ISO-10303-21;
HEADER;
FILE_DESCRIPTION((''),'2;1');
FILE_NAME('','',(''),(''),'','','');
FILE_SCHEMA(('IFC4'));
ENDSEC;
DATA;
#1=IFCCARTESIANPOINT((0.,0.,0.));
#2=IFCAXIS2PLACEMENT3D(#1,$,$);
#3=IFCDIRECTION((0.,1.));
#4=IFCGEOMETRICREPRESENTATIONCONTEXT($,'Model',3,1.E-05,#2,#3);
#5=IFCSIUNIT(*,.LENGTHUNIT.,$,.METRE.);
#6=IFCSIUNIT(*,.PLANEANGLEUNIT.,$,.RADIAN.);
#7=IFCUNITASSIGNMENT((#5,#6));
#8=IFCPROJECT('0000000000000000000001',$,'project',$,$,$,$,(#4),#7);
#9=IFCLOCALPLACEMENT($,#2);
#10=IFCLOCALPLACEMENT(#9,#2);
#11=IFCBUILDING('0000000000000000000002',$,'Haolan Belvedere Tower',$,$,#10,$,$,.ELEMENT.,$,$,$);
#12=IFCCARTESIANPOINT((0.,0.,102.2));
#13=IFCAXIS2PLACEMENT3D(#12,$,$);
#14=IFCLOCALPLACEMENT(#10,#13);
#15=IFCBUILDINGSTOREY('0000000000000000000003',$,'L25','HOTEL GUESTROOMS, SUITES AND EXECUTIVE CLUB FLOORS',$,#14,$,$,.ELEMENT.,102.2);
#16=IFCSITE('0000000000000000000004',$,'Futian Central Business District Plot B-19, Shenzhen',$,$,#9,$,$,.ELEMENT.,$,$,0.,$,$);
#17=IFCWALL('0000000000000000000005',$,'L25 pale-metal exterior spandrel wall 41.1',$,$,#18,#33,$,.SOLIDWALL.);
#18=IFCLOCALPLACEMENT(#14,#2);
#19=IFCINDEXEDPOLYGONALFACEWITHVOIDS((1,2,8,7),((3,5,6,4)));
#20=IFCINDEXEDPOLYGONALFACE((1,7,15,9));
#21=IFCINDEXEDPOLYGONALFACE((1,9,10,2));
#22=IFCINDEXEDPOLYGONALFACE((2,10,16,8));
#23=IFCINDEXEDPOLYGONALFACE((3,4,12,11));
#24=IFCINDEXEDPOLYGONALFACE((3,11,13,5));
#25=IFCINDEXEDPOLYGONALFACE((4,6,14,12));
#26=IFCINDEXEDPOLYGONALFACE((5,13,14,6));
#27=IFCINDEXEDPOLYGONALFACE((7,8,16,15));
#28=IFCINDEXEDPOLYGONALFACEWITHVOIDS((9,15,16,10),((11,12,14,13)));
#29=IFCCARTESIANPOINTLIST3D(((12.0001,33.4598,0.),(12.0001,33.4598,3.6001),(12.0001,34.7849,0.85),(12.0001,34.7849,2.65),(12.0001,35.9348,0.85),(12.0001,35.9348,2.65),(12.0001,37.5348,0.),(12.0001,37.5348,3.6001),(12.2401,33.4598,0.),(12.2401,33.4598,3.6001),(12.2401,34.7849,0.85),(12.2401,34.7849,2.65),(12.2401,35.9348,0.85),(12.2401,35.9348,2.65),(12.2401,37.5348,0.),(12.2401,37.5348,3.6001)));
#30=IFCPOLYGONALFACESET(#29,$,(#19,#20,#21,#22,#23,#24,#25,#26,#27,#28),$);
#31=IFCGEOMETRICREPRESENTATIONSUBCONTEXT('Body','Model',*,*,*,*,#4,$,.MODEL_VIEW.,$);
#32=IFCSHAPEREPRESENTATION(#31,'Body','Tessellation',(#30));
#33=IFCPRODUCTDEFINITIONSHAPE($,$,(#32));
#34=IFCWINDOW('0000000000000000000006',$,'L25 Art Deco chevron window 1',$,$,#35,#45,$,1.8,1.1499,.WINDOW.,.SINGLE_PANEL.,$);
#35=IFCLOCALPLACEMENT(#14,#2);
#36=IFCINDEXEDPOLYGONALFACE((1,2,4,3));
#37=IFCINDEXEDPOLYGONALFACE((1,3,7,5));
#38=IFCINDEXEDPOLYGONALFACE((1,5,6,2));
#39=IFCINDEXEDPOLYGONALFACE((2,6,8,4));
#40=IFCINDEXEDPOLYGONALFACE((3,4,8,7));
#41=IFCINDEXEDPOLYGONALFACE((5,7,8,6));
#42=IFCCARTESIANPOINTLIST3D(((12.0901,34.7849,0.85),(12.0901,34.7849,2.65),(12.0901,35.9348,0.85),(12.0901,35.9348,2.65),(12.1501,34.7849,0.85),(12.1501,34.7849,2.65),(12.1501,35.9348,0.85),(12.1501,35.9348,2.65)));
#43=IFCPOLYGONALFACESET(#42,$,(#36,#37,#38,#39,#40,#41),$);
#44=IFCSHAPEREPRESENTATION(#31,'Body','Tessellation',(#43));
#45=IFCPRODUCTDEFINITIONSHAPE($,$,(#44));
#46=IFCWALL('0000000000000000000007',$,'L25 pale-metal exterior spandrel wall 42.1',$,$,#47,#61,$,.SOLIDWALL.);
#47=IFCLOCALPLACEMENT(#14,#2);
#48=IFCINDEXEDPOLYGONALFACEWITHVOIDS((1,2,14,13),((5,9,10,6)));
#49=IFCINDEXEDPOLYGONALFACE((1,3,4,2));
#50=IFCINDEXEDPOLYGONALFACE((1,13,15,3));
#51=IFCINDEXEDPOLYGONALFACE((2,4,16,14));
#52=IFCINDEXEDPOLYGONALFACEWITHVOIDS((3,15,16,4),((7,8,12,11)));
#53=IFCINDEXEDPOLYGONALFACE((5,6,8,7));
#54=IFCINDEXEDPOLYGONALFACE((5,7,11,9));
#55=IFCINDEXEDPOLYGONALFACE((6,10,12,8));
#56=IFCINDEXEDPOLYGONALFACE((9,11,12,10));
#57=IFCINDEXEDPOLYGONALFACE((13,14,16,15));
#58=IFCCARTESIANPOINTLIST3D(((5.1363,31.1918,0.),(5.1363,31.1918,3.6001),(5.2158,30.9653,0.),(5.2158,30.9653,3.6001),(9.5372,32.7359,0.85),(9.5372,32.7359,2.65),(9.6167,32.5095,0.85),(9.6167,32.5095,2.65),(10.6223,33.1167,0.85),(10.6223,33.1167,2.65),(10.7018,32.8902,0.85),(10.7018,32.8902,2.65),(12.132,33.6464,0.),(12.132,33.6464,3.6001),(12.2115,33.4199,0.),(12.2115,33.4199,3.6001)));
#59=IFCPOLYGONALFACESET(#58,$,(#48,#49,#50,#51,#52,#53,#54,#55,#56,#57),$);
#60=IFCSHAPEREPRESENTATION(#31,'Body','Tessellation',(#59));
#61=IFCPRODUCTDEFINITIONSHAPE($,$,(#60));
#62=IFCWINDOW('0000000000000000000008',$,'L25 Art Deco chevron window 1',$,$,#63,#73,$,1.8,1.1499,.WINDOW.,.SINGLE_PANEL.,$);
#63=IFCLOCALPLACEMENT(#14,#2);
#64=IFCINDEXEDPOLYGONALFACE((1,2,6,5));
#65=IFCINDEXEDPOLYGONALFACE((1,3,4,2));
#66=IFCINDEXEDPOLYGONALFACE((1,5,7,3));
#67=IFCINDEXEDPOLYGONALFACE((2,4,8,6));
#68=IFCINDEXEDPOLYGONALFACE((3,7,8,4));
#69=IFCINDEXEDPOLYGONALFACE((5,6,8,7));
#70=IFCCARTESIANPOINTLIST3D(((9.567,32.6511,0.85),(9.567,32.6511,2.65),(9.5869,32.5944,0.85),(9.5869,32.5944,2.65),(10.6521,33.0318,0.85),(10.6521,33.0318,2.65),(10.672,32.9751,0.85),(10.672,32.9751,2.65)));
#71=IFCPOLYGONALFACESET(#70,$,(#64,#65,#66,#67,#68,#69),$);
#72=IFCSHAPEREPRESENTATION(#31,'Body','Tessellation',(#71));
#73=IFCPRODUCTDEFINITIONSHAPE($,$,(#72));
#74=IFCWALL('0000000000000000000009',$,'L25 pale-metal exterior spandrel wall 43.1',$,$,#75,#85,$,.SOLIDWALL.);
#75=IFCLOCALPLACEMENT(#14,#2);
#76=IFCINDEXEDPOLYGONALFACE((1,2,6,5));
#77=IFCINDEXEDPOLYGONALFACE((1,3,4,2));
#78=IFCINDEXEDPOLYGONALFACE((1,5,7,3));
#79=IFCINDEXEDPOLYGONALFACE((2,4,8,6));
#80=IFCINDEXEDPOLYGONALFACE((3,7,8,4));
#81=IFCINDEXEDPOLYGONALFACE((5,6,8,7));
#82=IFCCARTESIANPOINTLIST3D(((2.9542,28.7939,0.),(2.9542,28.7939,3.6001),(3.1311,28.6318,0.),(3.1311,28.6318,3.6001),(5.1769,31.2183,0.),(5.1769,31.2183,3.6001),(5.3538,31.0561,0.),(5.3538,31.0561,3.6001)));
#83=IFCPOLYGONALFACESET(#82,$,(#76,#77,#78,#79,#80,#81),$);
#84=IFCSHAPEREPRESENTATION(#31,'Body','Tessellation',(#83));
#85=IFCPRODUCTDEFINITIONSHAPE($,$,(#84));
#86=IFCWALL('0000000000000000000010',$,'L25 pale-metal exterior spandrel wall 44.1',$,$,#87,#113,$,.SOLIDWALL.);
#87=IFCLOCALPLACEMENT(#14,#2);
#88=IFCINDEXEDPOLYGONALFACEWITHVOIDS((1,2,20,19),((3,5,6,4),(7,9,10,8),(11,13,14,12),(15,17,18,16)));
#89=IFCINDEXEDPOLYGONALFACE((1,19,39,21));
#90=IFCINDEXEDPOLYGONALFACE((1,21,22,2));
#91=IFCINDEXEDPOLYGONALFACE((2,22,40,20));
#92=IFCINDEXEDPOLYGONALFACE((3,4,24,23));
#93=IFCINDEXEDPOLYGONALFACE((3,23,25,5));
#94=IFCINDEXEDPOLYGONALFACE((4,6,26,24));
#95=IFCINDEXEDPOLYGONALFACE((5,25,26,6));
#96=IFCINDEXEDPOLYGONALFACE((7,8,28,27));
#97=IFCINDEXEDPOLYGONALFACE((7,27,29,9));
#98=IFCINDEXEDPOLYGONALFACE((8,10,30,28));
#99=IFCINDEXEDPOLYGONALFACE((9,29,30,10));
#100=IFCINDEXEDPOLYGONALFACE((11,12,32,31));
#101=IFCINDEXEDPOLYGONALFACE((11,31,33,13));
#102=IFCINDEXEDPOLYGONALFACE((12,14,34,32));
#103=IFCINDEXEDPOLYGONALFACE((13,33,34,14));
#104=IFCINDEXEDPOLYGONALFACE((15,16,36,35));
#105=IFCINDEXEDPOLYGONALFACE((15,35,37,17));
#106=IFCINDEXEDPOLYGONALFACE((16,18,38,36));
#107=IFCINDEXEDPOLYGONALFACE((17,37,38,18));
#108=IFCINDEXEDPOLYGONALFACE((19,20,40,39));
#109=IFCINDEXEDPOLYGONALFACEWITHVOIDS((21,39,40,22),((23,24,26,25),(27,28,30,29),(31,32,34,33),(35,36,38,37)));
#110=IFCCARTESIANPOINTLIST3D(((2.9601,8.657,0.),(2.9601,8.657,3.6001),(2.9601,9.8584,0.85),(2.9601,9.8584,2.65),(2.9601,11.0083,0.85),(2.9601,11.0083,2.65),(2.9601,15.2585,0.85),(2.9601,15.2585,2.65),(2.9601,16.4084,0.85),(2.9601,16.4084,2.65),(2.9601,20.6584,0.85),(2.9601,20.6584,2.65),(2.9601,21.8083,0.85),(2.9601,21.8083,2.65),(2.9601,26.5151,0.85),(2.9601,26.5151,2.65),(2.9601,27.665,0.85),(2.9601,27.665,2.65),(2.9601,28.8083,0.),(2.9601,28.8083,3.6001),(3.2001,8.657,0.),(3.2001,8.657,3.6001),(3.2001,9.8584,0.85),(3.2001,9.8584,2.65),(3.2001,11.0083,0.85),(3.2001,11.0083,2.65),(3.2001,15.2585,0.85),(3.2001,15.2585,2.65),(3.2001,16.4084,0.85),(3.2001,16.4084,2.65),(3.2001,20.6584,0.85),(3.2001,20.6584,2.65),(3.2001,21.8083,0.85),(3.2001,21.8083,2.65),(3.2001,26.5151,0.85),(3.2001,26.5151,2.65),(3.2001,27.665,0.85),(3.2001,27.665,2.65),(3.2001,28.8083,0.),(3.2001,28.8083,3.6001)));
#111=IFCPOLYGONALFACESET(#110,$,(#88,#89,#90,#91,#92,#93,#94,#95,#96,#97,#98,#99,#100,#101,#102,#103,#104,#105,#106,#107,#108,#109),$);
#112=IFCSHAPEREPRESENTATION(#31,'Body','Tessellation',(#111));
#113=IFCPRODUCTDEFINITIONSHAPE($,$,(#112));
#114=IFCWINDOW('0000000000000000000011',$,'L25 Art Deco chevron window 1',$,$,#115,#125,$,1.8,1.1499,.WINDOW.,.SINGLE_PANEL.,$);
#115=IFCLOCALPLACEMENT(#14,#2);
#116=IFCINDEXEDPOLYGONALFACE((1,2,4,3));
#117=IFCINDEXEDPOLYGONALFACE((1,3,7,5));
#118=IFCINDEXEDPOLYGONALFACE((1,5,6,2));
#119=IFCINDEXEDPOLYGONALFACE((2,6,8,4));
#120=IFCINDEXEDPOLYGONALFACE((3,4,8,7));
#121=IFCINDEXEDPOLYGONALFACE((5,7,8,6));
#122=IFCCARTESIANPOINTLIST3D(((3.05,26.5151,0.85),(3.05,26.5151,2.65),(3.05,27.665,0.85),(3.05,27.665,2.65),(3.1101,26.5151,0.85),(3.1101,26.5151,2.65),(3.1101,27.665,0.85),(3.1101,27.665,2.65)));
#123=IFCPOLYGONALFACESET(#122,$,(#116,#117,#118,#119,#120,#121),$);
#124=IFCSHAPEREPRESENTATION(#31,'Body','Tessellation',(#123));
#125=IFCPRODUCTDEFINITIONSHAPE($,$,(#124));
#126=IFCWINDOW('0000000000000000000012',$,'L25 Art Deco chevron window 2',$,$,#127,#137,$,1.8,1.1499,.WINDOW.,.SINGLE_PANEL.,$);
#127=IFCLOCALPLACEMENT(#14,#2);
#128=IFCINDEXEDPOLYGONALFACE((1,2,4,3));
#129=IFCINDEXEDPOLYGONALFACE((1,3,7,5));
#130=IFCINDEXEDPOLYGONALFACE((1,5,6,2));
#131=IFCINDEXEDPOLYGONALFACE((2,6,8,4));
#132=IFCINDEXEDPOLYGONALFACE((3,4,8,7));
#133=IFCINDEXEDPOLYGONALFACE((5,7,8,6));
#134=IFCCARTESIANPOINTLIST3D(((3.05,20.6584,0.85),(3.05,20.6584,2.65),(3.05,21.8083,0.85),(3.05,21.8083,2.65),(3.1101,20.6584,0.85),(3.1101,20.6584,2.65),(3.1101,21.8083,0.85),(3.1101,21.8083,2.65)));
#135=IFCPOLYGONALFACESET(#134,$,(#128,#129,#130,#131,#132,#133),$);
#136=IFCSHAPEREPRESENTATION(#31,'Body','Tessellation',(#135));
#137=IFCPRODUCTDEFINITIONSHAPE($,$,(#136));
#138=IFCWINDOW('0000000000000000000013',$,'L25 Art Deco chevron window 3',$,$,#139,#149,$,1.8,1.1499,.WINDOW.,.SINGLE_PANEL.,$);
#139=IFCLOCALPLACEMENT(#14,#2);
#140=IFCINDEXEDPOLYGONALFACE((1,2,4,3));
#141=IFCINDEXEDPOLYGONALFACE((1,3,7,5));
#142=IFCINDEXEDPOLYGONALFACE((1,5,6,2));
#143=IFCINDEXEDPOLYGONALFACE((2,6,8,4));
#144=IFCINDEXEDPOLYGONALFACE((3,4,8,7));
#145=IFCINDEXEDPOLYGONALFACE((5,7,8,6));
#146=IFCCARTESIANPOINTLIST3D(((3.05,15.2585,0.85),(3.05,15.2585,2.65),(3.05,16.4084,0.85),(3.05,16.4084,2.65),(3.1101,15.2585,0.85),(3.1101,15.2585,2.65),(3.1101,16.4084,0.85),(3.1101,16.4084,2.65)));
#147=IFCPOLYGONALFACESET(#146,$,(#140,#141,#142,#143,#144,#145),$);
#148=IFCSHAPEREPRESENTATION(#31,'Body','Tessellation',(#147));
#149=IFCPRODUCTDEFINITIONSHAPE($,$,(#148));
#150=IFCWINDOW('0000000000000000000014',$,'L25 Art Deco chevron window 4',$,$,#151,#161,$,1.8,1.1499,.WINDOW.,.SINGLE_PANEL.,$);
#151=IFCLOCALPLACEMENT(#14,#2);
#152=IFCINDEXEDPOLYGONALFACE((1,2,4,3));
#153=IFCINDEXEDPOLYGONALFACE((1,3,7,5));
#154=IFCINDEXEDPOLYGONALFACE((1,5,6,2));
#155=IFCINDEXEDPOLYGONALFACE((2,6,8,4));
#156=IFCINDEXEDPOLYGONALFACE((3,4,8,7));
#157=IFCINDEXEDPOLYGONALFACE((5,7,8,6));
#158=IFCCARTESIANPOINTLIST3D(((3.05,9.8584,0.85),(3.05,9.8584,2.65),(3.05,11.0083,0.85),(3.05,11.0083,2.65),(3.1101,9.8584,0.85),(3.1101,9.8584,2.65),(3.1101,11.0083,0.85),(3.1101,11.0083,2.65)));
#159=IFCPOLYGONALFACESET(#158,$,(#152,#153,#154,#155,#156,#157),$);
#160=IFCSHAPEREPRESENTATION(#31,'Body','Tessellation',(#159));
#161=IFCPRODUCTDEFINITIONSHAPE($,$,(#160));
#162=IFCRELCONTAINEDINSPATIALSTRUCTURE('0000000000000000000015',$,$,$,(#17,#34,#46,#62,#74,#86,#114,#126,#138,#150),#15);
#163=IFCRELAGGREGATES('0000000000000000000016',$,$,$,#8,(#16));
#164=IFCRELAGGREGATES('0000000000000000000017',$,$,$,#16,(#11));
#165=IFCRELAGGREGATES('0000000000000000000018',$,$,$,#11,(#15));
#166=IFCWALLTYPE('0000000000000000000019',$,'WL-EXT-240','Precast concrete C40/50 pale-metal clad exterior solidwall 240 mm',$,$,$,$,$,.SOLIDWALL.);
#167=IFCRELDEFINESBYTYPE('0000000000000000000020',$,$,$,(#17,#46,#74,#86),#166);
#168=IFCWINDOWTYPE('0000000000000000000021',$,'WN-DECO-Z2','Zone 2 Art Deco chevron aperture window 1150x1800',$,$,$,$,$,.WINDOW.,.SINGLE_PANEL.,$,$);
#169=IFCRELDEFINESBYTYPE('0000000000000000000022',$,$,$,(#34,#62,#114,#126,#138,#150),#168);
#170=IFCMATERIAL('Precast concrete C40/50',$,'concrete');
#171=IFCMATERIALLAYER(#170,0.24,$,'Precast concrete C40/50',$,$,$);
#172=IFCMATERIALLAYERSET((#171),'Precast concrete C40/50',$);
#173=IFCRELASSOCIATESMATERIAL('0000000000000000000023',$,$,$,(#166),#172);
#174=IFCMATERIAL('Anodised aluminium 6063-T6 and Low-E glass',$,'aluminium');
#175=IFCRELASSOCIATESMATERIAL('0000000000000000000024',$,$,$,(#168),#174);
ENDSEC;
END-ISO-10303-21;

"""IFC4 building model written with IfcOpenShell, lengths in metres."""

from ifc_helpers import new_model, si_unit, direction, frame, frame_2d, origin, place, context, subcontext, project, spatial, rectangle, extrude, material, layer, layer_set, type_object, element, fill, save


model = new_model("IFC4")

# Units and contexts
model_context = context("Model", 3, precision=1e-05, world=origin(), true_north=direction((0.0, 1.0)))
body_context = subcontext(model_context, "Body", "Model", "MODEL_VIEW")
ifc_project = project(units=[si_unit("LENGTHUNIT", "METRE"), si_unit("PLANEANGLEUNIT", "RADIAN")], contexts=[model_context])

# Site, building, storey
site_placement = place(None, origin())
site = spatial("IfcSite", under=ifc_project, at=site_placement, Name="Futian Central Business District Plot B-19, Shenzhen", CompositionType="ELEMENT", RefElevation=0.0)
building_placement = place(site_placement, origin())
building = spatial("IfcBuilding", under=site, at=building_placement, Name="Haolan Belvedere Tower", CompositionType="ELEMENT")
storey_placement = place(building_placement, frame((0.0, 0.0, 102.2)))
storey = spatial("IfcBuildingStorey", under=building, at=storey_placement, Name="L25", Description="HOTEL GUESTROOMS, SUITES AND EXECUTIVE CLUB FLOORS", CompositionType="ELEMENT", Elevation=102.2)

# Shared definitions
ifc_material_1 = material(Name="Precast concrete C40/50", Category="concrete")
ifc_layer_1 = layer(ifc_material_1, 0.24, Name="Precast concrete C40/50")
ifc_layer_set_1 = layer_set([ifc_layer_1], Name="Precast concrete C40/50")
wall_type_1 = type_object("IfcWallType", Name="WL-EXT-240", Description="Precast concrete C40/50 pale-metal clad exterior solidwall 240 mm", PredefinedType="SOLIDWALL", material=ifc_layer_set_1)

# Shared definitions
ifc_material_2 = material(Name="Anodised aluminium 6063-T6 and Low-E glass", Category="aluminium")
window_type = type_object("IfcWindowType", Name="WN-DECO-Z2", Description="Zone 2 Art Deco chevron aperture window 1150x1800", PartitioningType="SINGLE_PANEL", PredefinedType="WINDOW", material=ifc_material_2)

# Walls, openings, windows
wall_1_placement = place(storey_placement, frame((12.1201, 37.5349, 0.0), z_axis=(0.0, 0.0, 1.0), x_axis=(0.0, -1.0, 0.0)))
wall_1 = element("IfcWall", 1, at=wall_1_placement, inside=storey, type_object=wall_type_1, Name="L25 pale-metal exterior spandrel wall 41.1", PredefinedType="SOLIDWALL", context=body_context, shape_type="SweptSolid", body=[
    extrude(rectangle(XDim=4.075, YDim=0.24, at=frame_2d((2.0376, 0.0))), origin(), (0.0, 0.0, 1.0), 3.6001),
])
opening_1_placement = place(wall_1_placement, frame((1.6001, 0.0, 0.8501)))
opening_1 = element("IfcOpeningElement", 2, at=opening_1_placement, cuts=wall_1, PredefinedType="OPENING", context=body_context, shape_type="SweptSolid", body=[
    extrude(rectangle(XDim=1.1499, YDim=1.8, at=frame_2d((0.575, 0.8999))), frame((0.0, 0.1299, 0.0), z_axis=(0.0, -1.0, 0.0), x_axis=(1.0, 0.0, 0.0)), (0.0, 0.0, 1.0), 0.26),
])
window_1_placement = place(opening_1_placement, origin())
window_1 = element("IfcWindow", 3, at=window_1_placement, inside=storey, type_object=window_type, Name="L25 Art Deco chevron window 1", OverallHeight=1.8, OverallWidth=1.1499, PartitioningType="SINGLE_PANEL", PredefinedType="WINDOW", context=body_context, shape_type="SweptSolid", body=[
    extrude(rectangle(XDim=1.1499, YDim=1.8, at=frame_2d((0.575, 0.8999))), frame((0.0, 0.03, 0.0), z_axis=(0.0, -1.0, 0.0), x_axis=(1.0, 0.0, 0.0)), (0.0, 0.0, 1.0), 0.0601),
])
fill(opening_1, window_1)
wall_2_placement = place(storey_placement, frame((12.1719, 33.5332, 0.0), z_axis=(0.0, 0.0, 1.0), x_axis=(-0.9436, -0.331087, 0.0)))
wall_2 = element("IfcWall", 4, at=wall_2_placement, inside=storey, type_object=wall_type_1, Name="L25 pale-metal exterior spandrel wall 42.1", PredefinedType="SOLIDWALL", context=body_context, shape_type="SweptSolid", body=[
    extrude(rectangle(XDim=7.4138, YDim=0.24, at=frame_2d((3.707, 0.0))), origin(), (0.0, 0.0, 1.0), 3.6001),
])
opening_2_placement = place(wall_2_placement, frame((1.6001, 0.0, 0.8501)))
opening_2 = element("IfcOpeningElement", 5, at=opening_2_placement, cuts=wall_2, PredefinedType="OPENING", context=body_context, shape_type="SweptSolid", body=[
    extrude(rectangle(XDim=1.1499, YDim=1.8, at=frame_2d((0.575, 0.8999))), frame((0.0, 0.1299, 0.0), z_axis=(0.0, -1.0, 0.0), x_axis=(1.0, 0.0, 0.0)), (0.0, 0.0, 1.0), 0.26),
])
window_2_placement = place(opening_2_placement, origin())
window_2 = element("IfcWindow", 6, at=window_2_placement, inside=storey, type_object=window_type, Name="L25 Art Deco chevron window 1", OverallHeight=1.8, OverallWidth=1.1499, PartitioningType="SINGLE_PANEL", PredefinedType="WINDOW", context=body_context, shape_type="SweptSolid", body=[
    extrude(rectangle(XDim=1.1499, YDim=1.8, at=frame_2d((0.575, 0.8999))), frame((0.0, 0.03, 0.0), z_axis=(0.0, -1.0, 0.0), x_axis=(1.0, 0.0, 0.0)), (0.0, 0.0, 1.0), 0.0601),
])
fill(opening_2, window_2)

# Wall
wall_3_placement = place(storey_placement, frame((5.2654, 31.1372, 0.0), z_axis=(0.0, 0.0, 1.0), x_axis=(-0.675785, -0.737099, 0.0)))
element("IfcWall", 7, at=wall_3_placement, inside=storey, type_object=wall_type_1, Name="L25 pale-metal exterior spandrel wall 43.1", PredefinedType="SOLIDWALL", context=body_context, shape_type="SweptSolid", body=[
    extrude(rectangle(XDim=3.2891, YDim=0.24, at=frame_2d((1.6445, 0.0))), origin(), (0.0, 0.0, 1.0), 3.6001),
])

# Wall, openings, windows
wall_4_placement = place(storey_placement, frame((3.0801, 28.8083, 0.0), z_axis=(0.0, 0.0, 1.0), x_axis=(0.0, -1.0, 0.0)))
wall_4 = element("IfcWall", 8, at=wall_4_placement, inside=storey, type_object=wall_type_1, Name="L25 pale-metal exterior spandrel wall 44.1", PredefinedType="SOLIDWALL", context=body_context, shape_type="SweptSolid", body=[
    extrude(rectangle(XDim=20.1514, YDim=0.24, at=frame_2d((10.0757, 0.0))), origin(), (0.0, 0.0, 1.0), 3.6001),
])
opening_3_placement = place(wall_4_placement, frame((1.1433, 0.0, 0.8501)))
opening_3 = element("IfcOpeningElement", 9, at=opening_3_placement, cuts=wall_4, PredefinedType="OPENING", context=body_context, shape_type="SweptSolid", body=[
    extrude(rectangle(XDim=1.1499, YDim=1.8, at=frame_2d((0.575, 0.8999))), frame((0.0, 0.1299, 0.0), z_axis=(0.0, -1.0, 0.0), x_axis=(1.0, 0.0, 0.0)), (0.0, 0.0, 1.0), 0.26),
])
opening_4_placement = place(wall_4_placement, frame((7.0, 0.0, 0.8501)))
opening_4 = element("IfcOpeningElement", 10, at=opening_4_placement, cuts=wall_4, PredefinedType="OPENING", context=body_context, shape_type="SweptSolid", body=[
    extrude(rectangle(XDim=1.1499, YDim=1.8, at=frame_2d((0.575, 0.8999))), frame((0.0, 0.1299, 0.0), z_axis=(0.0, -1.0, 0.0), x_axis=(1.0, 0.0, 0.0)), (0.0, 0.0, 1.0), 0.26),
])
opening_5_placement = place(wall_4_placement, frame((12.3999, 0.0, 0.8501)))
opening_5 = element("IfcOpeningElement", 11, at=opening_5_placement, cuts=wall_4, PredefinedType="OPENING", context=body_context, shape_type="SweptSolid", body=[
    extrude(rectangle(XDim=1.1499, YDim=1.8, at=frame_2d((0.575, 0.8999))), frame((0.0, 0.1299, 0.0), z_axis=(0.0, -1.0, 0.0), x_axis=(1.0, 0.0, 0.0)), (0.0, 0.0, 1.0), 0.26),
])
opening_6_placement = place(wall_4_placement, frame((17.8, 0.0, 0.8501)))
opening_6 = element("IfcOpeningElement", 12, at=opening_6_placement, cuts=wall_4, PredefinedType="OPENING", context=body_context, shape_type="SweptSolid", body=[
    extrude(rectangle(XDim=1.1499, YDim=1.8, at=frame_2d((0.575, 0.8999))), frame((0.0, 0.1299, 0.0), z_axis=(0.0, -1.0, 0.0), x_axis=(1.0, 0.0, 0.0)), (0.0, 0.0, 1.0), 0.26),
])
window_3_placement = place(opening_3_placement, origin())
window_3 = element("IfcWindow", 13, at=window_3_placement, inside=storey, type_object=window_type, Name="L25 Art Deco chevron window 1", OverallHeight=1.8, OverallWidth=1.1499, PartitioningType="SINGLE_PANEL", PredefinedType="WINDOW", context=body_context, shape_type="SweptSolid", body=[
    extrude(rectangle(XDim=1.1499, YDim=1.8, at=frame_2d((0.575, 0.8999))), frame((0.0, 0.03, 0.0), z_axis=(0.0, -1.0, 0.0), x_axis=(1.0, 0.0, 0.0)), (0.0, 0.0, 1.0), 0.0601),
])
fill(opening_3, window_3)
window_4_placement = place(opening_4_placement, origin())
window_4 = element("IfcWindow", 14, at=window_4_placement, inside=storey, type_object=window_type, Name="L25 Art Deco chevron window 2", OverallHeight=1.8, OverallWidth=1.1499, PartitioningType="SINGLE_PANEL", PredefinedType="WINDOW", context=body_context, shape_type="SweptSolid", body=[
    extrude(rectangle(XDim=1.1499, YDim=1.8, at=frame_2d((0.575, 0.8999))), frame((0.0, 0.03, 0.0), z_axis=(0.0, -1.0, 0.0), x_axis=(1.0, 0.0, 0.0)), (0.0, 0.0, 1.0), 0.0601),
])
fill(opening_4, window_4)
window_5_placement = place(opening_5_placement, origin())
window_5 = element("IfcWindow", 15, at=window_5_placement, inside=storey, type_object=window_type, Name="L25 Art Deco chevron window 3", OverallHeight=1.8, OverallWidth=1.1499, PartitioningType="SINGLE_PANEL", PredefinedType="WINDOW", context=body_context, shape_type="SweptSolid", body=[
    extrude(rectangle(XDim=1.1499, YDim=1.8, at=frame_2d((0.575, 0.8999))), frame((0.0, 0.03, 0.0), z_axis=(0.0, -1.0, 0.0), x_axis=(1.0, 0.0, 0.0)), (0.0, 0.0, 1.0), 0.0601),
])
fill(opening_5, window_5)
window_6_placement = place(opening_6_placement, origin())
window_6 = element("IfcWindow", 16, at=window_6_placement, inside=storey, type_object=window_type, Name="L25 Art Deco chevron window 4", OverallHeight=1.8, OverallWidth=1.1499, PartitioningType="SINGLE_PANEL", PredefinedType="WINDOW", context=body_context, shape_type="SweptSolid", body=[
    extrude(rectangle(XDim=1.1499, YDim=1.8, at=frame_2d((0.575, 0.8999))), frame((0.0, 0.03, 0.0), z_axis=(0.0, -1.0, 0.0), x_axis=(1.0, 0.0, 0.0)), (0.0, 0.0, 1.0), 0.0601),
])
fill(opening_6, window_6)

save(model, "model.ifc")
